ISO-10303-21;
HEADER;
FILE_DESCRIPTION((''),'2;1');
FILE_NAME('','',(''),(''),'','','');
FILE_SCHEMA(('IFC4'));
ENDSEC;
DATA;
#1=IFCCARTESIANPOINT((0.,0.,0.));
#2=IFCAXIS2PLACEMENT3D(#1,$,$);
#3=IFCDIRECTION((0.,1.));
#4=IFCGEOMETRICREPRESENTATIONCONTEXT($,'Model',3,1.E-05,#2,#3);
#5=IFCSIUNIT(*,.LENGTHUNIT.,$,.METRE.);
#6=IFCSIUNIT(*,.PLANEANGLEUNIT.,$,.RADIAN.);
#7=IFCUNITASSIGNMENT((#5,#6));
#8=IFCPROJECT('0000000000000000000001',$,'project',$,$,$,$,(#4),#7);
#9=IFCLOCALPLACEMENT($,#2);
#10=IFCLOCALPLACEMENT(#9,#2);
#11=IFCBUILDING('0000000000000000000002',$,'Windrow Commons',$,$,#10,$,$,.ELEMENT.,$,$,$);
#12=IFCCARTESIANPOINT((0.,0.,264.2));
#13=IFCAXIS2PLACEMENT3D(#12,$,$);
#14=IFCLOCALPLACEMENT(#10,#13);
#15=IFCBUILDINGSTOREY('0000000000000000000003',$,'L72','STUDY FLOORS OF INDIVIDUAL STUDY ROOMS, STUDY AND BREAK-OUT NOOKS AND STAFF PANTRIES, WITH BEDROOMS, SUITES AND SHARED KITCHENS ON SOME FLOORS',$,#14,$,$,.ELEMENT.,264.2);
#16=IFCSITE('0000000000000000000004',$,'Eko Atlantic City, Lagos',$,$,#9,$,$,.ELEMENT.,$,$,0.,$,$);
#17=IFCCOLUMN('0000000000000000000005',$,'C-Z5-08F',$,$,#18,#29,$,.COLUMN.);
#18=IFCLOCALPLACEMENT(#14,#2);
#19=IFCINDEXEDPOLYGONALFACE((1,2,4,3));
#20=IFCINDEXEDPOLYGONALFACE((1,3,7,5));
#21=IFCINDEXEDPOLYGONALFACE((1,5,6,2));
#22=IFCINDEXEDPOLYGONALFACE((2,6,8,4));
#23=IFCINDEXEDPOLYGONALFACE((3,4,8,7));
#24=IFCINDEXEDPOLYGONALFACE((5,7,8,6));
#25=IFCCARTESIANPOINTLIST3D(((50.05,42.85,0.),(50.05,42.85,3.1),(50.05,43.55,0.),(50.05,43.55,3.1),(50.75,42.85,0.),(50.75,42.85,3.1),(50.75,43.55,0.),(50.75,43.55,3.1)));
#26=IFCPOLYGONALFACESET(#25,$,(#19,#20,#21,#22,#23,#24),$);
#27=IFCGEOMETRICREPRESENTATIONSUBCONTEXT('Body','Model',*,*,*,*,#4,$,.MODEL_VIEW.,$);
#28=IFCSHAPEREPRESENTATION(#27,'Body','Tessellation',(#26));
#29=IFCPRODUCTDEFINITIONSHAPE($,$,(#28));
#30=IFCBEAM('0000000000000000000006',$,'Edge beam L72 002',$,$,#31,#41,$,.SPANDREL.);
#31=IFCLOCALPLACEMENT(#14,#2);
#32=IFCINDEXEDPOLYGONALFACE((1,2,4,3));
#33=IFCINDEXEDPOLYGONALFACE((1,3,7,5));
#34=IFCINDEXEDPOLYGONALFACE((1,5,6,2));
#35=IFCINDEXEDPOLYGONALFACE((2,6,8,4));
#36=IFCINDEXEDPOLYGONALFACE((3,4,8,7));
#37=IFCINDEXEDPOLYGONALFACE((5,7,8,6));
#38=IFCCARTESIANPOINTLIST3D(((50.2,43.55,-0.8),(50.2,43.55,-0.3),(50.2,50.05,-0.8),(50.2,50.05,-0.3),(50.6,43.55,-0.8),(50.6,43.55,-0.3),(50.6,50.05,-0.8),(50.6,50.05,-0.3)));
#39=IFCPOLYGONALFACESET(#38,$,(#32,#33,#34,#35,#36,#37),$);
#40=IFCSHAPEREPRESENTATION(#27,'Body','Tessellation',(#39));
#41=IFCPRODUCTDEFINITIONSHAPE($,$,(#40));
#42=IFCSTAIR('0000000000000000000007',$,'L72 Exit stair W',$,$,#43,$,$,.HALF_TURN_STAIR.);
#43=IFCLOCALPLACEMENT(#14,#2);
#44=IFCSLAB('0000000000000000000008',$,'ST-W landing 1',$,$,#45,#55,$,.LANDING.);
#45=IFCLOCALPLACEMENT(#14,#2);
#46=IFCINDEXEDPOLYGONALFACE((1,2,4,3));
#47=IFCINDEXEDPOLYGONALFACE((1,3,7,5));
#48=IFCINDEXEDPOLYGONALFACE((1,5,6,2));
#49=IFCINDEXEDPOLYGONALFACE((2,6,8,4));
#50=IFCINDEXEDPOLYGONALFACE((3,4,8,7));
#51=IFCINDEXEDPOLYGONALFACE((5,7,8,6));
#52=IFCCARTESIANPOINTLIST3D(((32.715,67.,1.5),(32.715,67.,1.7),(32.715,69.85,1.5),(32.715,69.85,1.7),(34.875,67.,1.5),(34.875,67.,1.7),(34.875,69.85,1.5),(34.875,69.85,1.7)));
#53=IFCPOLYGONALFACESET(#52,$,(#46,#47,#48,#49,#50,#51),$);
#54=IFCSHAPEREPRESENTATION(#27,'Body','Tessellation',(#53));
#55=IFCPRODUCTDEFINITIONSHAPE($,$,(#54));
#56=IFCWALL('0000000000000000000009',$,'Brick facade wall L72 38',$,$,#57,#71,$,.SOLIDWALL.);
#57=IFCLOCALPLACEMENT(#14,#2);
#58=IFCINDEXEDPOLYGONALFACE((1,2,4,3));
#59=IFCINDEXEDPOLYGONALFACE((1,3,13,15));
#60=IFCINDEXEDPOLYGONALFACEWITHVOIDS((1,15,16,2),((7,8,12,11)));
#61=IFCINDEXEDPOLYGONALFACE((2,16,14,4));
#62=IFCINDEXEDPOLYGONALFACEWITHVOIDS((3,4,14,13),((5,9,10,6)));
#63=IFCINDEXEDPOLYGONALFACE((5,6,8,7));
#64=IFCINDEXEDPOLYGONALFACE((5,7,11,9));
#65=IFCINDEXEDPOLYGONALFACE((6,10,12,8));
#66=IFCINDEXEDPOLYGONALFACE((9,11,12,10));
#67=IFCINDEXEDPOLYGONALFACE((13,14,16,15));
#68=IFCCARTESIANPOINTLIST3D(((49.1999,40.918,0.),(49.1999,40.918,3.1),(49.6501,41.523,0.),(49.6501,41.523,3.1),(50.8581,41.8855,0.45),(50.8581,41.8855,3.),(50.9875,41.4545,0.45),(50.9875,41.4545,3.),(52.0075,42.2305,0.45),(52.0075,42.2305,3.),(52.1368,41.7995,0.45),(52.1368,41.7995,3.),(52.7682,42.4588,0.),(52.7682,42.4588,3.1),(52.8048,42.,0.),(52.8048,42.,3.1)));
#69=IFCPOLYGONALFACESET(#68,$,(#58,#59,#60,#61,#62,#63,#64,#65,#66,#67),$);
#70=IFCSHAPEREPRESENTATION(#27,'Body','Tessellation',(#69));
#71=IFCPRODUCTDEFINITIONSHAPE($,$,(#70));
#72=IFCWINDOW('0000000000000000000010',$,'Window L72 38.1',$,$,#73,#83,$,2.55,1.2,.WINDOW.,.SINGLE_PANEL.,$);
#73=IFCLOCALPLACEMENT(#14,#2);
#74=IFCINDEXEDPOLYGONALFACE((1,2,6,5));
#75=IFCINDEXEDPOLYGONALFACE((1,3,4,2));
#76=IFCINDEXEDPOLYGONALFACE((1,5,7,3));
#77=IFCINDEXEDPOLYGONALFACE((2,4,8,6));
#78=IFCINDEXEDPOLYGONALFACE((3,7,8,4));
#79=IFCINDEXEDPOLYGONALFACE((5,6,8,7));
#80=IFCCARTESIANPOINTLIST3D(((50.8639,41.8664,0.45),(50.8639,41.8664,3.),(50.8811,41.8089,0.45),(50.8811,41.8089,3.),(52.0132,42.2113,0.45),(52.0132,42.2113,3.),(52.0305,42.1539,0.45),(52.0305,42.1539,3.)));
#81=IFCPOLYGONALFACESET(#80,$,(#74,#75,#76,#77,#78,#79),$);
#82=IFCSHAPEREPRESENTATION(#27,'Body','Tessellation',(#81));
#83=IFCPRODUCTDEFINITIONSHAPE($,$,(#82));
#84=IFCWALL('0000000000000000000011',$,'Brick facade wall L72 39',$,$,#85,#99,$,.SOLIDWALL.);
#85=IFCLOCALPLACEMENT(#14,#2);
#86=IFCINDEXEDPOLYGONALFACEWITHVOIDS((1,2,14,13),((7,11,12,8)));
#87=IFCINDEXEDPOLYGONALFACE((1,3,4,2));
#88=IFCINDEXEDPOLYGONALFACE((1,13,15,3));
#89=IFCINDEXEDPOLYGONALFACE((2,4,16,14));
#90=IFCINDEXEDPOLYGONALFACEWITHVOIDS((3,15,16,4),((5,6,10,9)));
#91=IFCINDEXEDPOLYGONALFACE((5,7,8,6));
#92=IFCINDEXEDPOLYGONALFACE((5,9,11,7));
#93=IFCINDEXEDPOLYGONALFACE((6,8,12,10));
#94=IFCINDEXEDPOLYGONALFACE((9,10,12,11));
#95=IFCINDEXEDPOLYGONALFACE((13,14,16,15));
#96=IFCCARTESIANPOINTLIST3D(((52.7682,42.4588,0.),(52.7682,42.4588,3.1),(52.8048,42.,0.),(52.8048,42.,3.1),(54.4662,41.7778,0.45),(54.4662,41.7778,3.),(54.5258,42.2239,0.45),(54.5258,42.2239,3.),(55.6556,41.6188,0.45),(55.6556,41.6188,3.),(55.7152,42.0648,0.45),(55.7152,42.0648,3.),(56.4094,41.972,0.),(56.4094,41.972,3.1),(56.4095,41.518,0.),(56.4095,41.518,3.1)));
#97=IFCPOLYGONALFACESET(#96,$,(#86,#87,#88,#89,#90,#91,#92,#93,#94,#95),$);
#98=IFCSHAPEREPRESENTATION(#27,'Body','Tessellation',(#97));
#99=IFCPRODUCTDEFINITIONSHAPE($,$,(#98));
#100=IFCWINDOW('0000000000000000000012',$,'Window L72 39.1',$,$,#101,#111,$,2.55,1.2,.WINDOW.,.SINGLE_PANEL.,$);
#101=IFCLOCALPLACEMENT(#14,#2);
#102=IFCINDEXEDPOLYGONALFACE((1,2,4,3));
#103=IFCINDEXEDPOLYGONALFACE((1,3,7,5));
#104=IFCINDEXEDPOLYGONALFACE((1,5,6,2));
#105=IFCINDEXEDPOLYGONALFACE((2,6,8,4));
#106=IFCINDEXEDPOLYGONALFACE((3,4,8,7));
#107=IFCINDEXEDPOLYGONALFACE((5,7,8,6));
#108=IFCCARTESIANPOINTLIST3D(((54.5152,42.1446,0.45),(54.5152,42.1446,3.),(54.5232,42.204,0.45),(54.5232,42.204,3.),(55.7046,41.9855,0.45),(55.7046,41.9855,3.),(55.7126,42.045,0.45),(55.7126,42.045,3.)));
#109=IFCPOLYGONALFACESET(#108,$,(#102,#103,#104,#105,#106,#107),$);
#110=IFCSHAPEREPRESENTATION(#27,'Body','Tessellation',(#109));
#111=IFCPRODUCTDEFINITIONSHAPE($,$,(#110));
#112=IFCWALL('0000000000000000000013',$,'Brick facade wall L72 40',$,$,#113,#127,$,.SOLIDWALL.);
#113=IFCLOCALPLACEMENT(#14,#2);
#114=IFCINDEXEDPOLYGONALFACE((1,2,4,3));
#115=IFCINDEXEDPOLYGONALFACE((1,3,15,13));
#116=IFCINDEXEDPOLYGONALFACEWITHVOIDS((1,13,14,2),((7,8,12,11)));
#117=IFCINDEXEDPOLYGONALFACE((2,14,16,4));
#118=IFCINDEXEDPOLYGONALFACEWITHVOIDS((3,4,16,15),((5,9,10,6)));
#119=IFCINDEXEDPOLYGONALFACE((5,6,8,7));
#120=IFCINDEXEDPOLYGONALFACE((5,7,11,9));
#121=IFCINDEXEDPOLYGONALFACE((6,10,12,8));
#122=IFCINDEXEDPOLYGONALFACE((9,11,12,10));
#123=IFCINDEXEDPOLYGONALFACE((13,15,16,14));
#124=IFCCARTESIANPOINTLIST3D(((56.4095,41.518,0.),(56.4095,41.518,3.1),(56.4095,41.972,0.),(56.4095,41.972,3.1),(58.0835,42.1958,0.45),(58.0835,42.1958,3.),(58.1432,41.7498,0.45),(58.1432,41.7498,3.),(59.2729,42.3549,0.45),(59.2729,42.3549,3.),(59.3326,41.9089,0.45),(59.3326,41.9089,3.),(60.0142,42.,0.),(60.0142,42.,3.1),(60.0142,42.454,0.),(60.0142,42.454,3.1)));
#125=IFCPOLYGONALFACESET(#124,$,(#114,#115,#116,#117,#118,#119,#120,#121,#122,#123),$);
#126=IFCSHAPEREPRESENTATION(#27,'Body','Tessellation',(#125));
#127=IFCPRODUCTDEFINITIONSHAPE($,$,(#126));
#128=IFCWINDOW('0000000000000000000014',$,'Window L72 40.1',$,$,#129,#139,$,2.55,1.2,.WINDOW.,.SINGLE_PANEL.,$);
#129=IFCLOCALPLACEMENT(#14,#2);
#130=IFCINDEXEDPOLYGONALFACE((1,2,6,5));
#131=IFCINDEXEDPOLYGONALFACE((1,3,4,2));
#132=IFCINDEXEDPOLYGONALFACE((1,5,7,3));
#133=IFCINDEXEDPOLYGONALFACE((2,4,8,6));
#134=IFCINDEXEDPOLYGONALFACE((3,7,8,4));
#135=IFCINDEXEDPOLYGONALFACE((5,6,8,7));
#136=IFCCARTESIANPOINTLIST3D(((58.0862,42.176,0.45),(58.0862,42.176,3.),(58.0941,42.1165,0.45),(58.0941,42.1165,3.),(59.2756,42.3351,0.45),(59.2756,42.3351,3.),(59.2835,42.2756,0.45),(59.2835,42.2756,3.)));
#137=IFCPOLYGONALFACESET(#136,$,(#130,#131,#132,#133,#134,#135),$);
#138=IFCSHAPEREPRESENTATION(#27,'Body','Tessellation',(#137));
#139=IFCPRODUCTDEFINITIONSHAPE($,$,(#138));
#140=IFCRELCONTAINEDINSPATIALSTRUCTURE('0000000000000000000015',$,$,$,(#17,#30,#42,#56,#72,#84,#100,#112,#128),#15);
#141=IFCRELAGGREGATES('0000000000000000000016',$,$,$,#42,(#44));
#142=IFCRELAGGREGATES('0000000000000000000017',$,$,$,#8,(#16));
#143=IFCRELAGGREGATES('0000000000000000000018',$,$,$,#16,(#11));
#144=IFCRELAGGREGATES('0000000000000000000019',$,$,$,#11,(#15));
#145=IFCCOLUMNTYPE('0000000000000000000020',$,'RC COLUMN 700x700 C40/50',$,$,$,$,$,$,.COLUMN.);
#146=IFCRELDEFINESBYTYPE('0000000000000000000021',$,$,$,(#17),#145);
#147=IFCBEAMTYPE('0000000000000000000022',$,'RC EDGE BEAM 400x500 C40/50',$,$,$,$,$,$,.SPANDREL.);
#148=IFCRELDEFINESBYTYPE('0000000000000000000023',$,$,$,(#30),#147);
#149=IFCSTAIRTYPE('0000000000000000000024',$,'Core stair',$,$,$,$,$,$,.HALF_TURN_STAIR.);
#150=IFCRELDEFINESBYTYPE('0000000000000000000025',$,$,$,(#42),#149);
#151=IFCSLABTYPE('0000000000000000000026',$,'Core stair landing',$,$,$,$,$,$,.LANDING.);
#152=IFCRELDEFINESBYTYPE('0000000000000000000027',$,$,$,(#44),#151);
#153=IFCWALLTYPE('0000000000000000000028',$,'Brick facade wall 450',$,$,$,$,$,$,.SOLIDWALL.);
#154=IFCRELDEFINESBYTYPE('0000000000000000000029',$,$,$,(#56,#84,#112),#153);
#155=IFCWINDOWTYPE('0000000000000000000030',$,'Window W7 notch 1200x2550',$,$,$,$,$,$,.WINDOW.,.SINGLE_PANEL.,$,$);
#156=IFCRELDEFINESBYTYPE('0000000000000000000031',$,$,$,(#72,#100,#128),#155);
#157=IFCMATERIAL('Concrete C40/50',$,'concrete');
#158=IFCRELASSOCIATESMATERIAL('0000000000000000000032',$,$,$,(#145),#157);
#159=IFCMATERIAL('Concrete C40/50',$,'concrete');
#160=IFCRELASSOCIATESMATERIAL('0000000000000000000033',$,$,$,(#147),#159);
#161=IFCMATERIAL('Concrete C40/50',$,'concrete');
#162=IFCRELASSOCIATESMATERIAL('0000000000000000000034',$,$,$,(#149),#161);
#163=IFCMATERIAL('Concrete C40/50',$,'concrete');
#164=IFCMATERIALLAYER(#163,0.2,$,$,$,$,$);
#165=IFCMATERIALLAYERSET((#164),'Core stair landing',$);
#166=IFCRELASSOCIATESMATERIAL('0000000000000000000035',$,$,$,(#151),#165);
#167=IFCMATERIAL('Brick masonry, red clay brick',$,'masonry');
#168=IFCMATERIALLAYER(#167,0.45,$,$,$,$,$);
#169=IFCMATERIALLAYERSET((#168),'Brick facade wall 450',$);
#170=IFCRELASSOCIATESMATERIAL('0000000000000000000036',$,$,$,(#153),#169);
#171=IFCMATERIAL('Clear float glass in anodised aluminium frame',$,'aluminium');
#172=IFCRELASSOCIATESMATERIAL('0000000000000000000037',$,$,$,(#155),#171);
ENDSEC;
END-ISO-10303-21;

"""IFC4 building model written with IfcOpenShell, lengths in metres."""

from ifc_helpers import new_model, si_unit, direction, frame, frame_2d, origin, origin_2d, place, context, subcontext, project, spatial, polyline, rectangle, outline, extrude, material, layer, layer_set, material_profile, profile_set, type_object, element, fill, aggregate, save


model = new_model("IFC4")

# Units and contexts
model_context = context("Model", 3, precision=1e-05, world=origin(), true_north=direction((0.0, 1.0)))
body_context = subcontext(model_context, "Body", "Model", "MODEL_VIEW")
ifc_project = project(units=[si_unit("LENGTHUNIT", "METRE"), si_unit("PLANEANGLEUNIT", "RADIAN")], contexts=[model_context])

# Site, building, storey
site_placement = place(None, origin())
site = spatial("IfcSite", under=ifc_project, at=site_placement, Name="Eko Atlantic City, Lagos", CompositionType="ELEMENT", RefElevation=0.0)
building_placement = place(site_placement, origin())
building = spatial("IfcBuilding", under=site, at=building_placement, Name="Windrow Commons", CompositionType="ELEMENT")
storey_placement = place(building_placement, frame((0.0, 0.0, 264.2)))
storey = spatial("IfcBuildingStorey", under=building, at=storey_placement, Name="L72", Description="STUDY FLOORS OF INDIVIDUAL STUDY ROOMS, STUDY AND BREAK-OUT NOOKS AND STAFF PANTRIES, WITH BEDROOMS, SUITES AND SHARED KITCHENS ON SOME FLOORS", CompositionType="ELEMENT", Elevation=264.2)

# Column
ifc_material_1 = material(Name="Concrete C40/50", Category="concrete")
ifc_material_profile_1 = material_profile(ifc_material_1, rectangle(XDim=0.7, YDim=0.7, at=origin_2d()))
ifc_profile_set_1 = profile_set([ifc_material_profile_1], Name="Concrete C40/50")
column_type = type_object("IfcColumnType", Name="RC COLUMN 700x700 C40/50", PredefinedType="COLUMN", material=ifc_profile_set_1)
column_placement = place(storey_placement, frame((50.4, 43.2, 0.0), z_axis=(0.0, 0.0, 1.0), x_axis=(1.0, 0.0, 0.0)))
element("IfcColumn", 1, at=column_placement, inside=storey, type_object=column_type, Name="C-Z5-08F", PredefinedType="COLUMN", context=body_context, shape_type="SweptSolid", body=[
    extrude(rectangle(XDim=0.7, YDim=0.7, at=origin_2d()), origin(), (0.0, 0.0, 1.0), 3.1),
])

# Beam
ifc_material_2 = material(Name="Concrete C40/50", Category="concrete")
ifc_material_profile_2 = material_profile(ifc_material_2, rectangle(XDim=0.4, YDim=0.5, at=origin_2d()))
ifc_profile_set_2 = profile_set([ifc_material_profile_2], Name="Concrete C40/50")
beam_type = type_object("IfcBeamType", Name="RC EDGE BEAM 400x500 C40/50", PredefinedType="SPANDREL", material=ifc_profile_set_2)
beam_placement = place(storey_placement, frame((50.4, 43.55, -0.55), z_axis=(0.0, 1.0, 0.0), x_axis=(-1.0, 0.0, 0.0)))
element("IfcBeam", 2, at=beam_placement, inside=storey, type_object=beam_type, Name="Edge beam L72 002", PredefinedType="SPANDREL", context=body_context, shape_type="SweptSolid", body=[
    extrude(rectangle(XDim=0.4, YDim=0.5, at=origin_2d()), origin(), (0.0, 0.0, 1.0), 6.5),
])

# Stair, slab
ifc_material_3 = material(Name="Concrete C40/50", Category="concrete")
stair_type = type_object("IfcStairType", Name="Core stair", PredefinedType="HALF_TURN_STAIR", material=ifc_material_3)
stair_placement = place(storey_placement, origin())
stair = element("IfcStair", 3, at=stair_placement, inside=storey, type_object=stair_type, Name="L72 Exit stair W", PredefinedType="HALF_TURN_STAIR")
ifc_material_4 = material(Name="Concrete C40/50", Category="concrete")
ifc_layer_1 = layer(ifc_material_4, 0.2)
ifc_layer_set_1 = layer_set([ifc_layer_1], Name="Core stair landing")
slab_type = type_object("IfcSlabType", Name="Core stair landing", PredefinedType="LANDING", material=ifc_layer_set_1)
slab_placement = place(storey_placement, frame((0.0, 0.0, 1.5)))
slab = element("IfcSlab", 4, at=slab_placement, type_object=slab_type, Name="ST-W landing 1", PredefinedType="LANDING", context=body_context, shape_type="SweptSolid", body=[
    extrude(outline(polyline([(32.715, 67.0), (34.875, 67.0), (34.875, 69.85), (32.715, 69.85), (32.715, 67.0)])), origin(), (0.0, 0.0, 1.0), 0.2),
])
aggregate(stair, [slab])

# Walls, openings, windows
ifc_material_5 = material(Name="Brick masonry, red clay brick", Category="masonry")
ifc_layer_2 = layer(ifc_material_5, 0.45)
ifc_layer_set_2 = layer_set([ifc_layer_2], Name="Brick facade wall 450")
wall_type_1 = type_object("IfcWallType", Name="Brick facade wall 450", PredefinedType="SOLIDWALL", material=ifc_layer_set_2)
wall_1_placement = place(storey_placement, frame((49.425, 41.2205, 0.0), z_axis=(0.0, 0.0, 1.0), x_axis=(0.957791, 0.287466, 0.0)))
wall_1 = element("IfcWall", 5, at=wall_1_placement, inside=storey, type_object=wall_type_1, Name="Brick facade wall L72 38", PredefinedType="SOLIDWALL", context=body_context, shape_type="SweptSolid", body=[
    extrude(outline(polyline([(-0.3025, -0.225), (3.4612, -0.225), (3.5581, 0.225), (0.3025, 0.225), (-0.3025, -0.225)])), origin(), (0.0, 0.0, 1.0), 3.1),
])
opening_1_placement = place(wall_1_placement, frame((1.5638, 0.0, 0.45)))
opening_1 = element("IfcOpeningElement", 6, at=opening_1_placement, cuts=wall_1, PredefinedType="OPENING", context=body_context, shape_type="SweptSolid", body=[
    extrude(rectangle(XDim=1.2, YDim=2.55, at=frame_2d((0.6, 1.275))), frame((0.0, 0.235, 0.0), z_axis=(0.0, -1.0, 0.0), x_axis=(1.0, 0.0, 0.0)), (0.0, 0.0, 1.0), 0.47),
])
ifc_material_6 = material(Name="Clear float glass in anodised aluminium frame", Category="aluminium")
window_type = type_object("IfcWindowType", Name="Window W7 notch 1200x2550", PartitioningType="SINGLE_PANEL", PredefinedType="WINDOW", material=ifc_material_6)
window_1_placement = place(opening_1_placement, origin())
window_1 = element("IfcWindow", 7, at=window_1_placement, inside=storey, type_object=window_type, Name="Window L72 38.1", OverallHeight=2.55, OverallWidth=1.2, PartitioningType="SINGLE_PANEL", PredefinedType="WINDOW", context=body_context, shape_type="SweptSolid", body=[
    extrude(rectangle(XDim=1.2, YDim=2.55, at=frame_2d((0.6, 1.275))), frame((0.0, 0.205, 0.0), z_axis=(0.0, -1.0, 0.0), x_axis=(1.0, 0.0, 0.0)), (0.0, 0.0, 1.0), 0.06),
])
fill(opening_1, window_1)
wall_2_placement = place(storey_placement, frame((52.7865, 42.2294, 0.0), z_axis=(0.0, 0.0, 1.0), x_axis=(0.99118, -0.132522, 0.0)))
wall_2 = element("IfcWall", 8, at=wall_2_placement, inside=storey, type_object=wall_type_1, Name="Brick facade wall L72 39", PredefinedType="SOLIDWALL", context=body_context, shape_type="SweptSolid", body=[
    extrude(outline(polyline([(0.0485, -0.225), (3.6853, -0.225), (3.6251, 0.225), (-0.0485, 0.225), (0.0485, -0.225)])), origin(), (0.0, 0.0, 1.0), 3.1),
])
opening_2_placement = place(wall_2_placement, frame((1.7247, 0.0, 0.45)))
opening_2 = element("IfcOpeningElement", 9, at=opening_2_placement, cuts=wall_2, PredefinedType="OPENING", context=body_context, shape_type="SweptSolid", body=[
    extrude(rectangle(XDim=1.2, YDim=2.55, at=frame_2d((0.6, 1.275))), frame((0.0, 0.235, 0.0), z_axis=(0.0, -1.0, 0.0), x_axis=(1.0, 0.0, 0.0)), (0.0, 0.0, 1.0), 0.47),
])
window_2_placement = place(opening_2_placement, origin())
window_2 = element("IfcWindow", 10, at=window_2_placement, inside=storey, type_object=window_type, Name="Window L72 39.1", OverallHeight=2.55, OverallWidth=1.2, PartitioningType="SINGLE_PANEL", PredefinedType="WINDOW", context=body_context, shape_type="SweptSolid", body=[
    extrude(rectangle(XDim=1.2, YDim=2.55, at=frame_2d((0.6, 1.275))), frame((0.0, 0.205, 0.0), z_axis=(0.0, -1.0, 0.0), x_axis=(1.0, 0.0, 0.0)), (0.0, 0.0, 1.0), 0.06),
])
fill(opening_2, window_2)
wall_3_placement = place(storey_placement, frame((56.4095, 41.745, 0.0), z_axis=(0.0, 0.0, 1.0), x_axis=(0.991178, 0.132535, 0.0)))
wall_3 = element("IfcWall", 11, at=wall_3_placement, inside=storey, type_object=wall_type_1, Name="Brick facade wall L72 40", PredefinedType="SOLIDWALL", context=body_context, shape_type="SweptSolid", body=[
    extrude(outline(polyline([(-0.0301, -0.225), (3.6067, -0.225), (3.6669, 0.225), (0.0301, 0.225), (-0.0301, -0.225)])), origin(), (0.0, 0.0, 1.0), 3.1),
])
opening_3_placement = place(wall_3_placement, frame((1.719, 0.0, 0.45)))
opening_3 = element("IfcOpeningElement", 12, at=opening_3_placement, cuts=wall_3, PredefinedType="OPENING", context=body_context, shape_type="SweptSolid", body=[
    extrude(rectangle(XDim=1.2, YDim=2.55, at=frame_2d((0.6, 1.275))), frame((0.0, 0.235, 0.0), z_axis=(0.0, -1.0, 0.0), x_axis=(1.0, 0.0, 0.0)), (0.0, 0.0, 1.0), 0.47),
])
window_3_placement = place(opening_3_placement, origin())
window_3 = element("IfcWindow", 13, at=window_3_placement, inside=storey, type_object=window_type, Name="Window L72 40.1", OverallHeight=2.55, OverallWidth=1.2, PartitioningType="SINGLE_PANEL", PredefinedType="WINDOW", context=body_context, shape_type="SweptSolid", body=[
    extrude(rectangle(XDim=1.2, YDim=2.55, at=frame_2d((0.6, 1.275))), frame((0.0, 0.205, 0.0), z_axis=(0.0, -1.0, 0.0), x_axis=(1.0, 0.0, 0.0)), (0.0, 0.0, 1.0), 0.06),
])
fill(opening_3, window_3)

save(model, "model.ifc")
